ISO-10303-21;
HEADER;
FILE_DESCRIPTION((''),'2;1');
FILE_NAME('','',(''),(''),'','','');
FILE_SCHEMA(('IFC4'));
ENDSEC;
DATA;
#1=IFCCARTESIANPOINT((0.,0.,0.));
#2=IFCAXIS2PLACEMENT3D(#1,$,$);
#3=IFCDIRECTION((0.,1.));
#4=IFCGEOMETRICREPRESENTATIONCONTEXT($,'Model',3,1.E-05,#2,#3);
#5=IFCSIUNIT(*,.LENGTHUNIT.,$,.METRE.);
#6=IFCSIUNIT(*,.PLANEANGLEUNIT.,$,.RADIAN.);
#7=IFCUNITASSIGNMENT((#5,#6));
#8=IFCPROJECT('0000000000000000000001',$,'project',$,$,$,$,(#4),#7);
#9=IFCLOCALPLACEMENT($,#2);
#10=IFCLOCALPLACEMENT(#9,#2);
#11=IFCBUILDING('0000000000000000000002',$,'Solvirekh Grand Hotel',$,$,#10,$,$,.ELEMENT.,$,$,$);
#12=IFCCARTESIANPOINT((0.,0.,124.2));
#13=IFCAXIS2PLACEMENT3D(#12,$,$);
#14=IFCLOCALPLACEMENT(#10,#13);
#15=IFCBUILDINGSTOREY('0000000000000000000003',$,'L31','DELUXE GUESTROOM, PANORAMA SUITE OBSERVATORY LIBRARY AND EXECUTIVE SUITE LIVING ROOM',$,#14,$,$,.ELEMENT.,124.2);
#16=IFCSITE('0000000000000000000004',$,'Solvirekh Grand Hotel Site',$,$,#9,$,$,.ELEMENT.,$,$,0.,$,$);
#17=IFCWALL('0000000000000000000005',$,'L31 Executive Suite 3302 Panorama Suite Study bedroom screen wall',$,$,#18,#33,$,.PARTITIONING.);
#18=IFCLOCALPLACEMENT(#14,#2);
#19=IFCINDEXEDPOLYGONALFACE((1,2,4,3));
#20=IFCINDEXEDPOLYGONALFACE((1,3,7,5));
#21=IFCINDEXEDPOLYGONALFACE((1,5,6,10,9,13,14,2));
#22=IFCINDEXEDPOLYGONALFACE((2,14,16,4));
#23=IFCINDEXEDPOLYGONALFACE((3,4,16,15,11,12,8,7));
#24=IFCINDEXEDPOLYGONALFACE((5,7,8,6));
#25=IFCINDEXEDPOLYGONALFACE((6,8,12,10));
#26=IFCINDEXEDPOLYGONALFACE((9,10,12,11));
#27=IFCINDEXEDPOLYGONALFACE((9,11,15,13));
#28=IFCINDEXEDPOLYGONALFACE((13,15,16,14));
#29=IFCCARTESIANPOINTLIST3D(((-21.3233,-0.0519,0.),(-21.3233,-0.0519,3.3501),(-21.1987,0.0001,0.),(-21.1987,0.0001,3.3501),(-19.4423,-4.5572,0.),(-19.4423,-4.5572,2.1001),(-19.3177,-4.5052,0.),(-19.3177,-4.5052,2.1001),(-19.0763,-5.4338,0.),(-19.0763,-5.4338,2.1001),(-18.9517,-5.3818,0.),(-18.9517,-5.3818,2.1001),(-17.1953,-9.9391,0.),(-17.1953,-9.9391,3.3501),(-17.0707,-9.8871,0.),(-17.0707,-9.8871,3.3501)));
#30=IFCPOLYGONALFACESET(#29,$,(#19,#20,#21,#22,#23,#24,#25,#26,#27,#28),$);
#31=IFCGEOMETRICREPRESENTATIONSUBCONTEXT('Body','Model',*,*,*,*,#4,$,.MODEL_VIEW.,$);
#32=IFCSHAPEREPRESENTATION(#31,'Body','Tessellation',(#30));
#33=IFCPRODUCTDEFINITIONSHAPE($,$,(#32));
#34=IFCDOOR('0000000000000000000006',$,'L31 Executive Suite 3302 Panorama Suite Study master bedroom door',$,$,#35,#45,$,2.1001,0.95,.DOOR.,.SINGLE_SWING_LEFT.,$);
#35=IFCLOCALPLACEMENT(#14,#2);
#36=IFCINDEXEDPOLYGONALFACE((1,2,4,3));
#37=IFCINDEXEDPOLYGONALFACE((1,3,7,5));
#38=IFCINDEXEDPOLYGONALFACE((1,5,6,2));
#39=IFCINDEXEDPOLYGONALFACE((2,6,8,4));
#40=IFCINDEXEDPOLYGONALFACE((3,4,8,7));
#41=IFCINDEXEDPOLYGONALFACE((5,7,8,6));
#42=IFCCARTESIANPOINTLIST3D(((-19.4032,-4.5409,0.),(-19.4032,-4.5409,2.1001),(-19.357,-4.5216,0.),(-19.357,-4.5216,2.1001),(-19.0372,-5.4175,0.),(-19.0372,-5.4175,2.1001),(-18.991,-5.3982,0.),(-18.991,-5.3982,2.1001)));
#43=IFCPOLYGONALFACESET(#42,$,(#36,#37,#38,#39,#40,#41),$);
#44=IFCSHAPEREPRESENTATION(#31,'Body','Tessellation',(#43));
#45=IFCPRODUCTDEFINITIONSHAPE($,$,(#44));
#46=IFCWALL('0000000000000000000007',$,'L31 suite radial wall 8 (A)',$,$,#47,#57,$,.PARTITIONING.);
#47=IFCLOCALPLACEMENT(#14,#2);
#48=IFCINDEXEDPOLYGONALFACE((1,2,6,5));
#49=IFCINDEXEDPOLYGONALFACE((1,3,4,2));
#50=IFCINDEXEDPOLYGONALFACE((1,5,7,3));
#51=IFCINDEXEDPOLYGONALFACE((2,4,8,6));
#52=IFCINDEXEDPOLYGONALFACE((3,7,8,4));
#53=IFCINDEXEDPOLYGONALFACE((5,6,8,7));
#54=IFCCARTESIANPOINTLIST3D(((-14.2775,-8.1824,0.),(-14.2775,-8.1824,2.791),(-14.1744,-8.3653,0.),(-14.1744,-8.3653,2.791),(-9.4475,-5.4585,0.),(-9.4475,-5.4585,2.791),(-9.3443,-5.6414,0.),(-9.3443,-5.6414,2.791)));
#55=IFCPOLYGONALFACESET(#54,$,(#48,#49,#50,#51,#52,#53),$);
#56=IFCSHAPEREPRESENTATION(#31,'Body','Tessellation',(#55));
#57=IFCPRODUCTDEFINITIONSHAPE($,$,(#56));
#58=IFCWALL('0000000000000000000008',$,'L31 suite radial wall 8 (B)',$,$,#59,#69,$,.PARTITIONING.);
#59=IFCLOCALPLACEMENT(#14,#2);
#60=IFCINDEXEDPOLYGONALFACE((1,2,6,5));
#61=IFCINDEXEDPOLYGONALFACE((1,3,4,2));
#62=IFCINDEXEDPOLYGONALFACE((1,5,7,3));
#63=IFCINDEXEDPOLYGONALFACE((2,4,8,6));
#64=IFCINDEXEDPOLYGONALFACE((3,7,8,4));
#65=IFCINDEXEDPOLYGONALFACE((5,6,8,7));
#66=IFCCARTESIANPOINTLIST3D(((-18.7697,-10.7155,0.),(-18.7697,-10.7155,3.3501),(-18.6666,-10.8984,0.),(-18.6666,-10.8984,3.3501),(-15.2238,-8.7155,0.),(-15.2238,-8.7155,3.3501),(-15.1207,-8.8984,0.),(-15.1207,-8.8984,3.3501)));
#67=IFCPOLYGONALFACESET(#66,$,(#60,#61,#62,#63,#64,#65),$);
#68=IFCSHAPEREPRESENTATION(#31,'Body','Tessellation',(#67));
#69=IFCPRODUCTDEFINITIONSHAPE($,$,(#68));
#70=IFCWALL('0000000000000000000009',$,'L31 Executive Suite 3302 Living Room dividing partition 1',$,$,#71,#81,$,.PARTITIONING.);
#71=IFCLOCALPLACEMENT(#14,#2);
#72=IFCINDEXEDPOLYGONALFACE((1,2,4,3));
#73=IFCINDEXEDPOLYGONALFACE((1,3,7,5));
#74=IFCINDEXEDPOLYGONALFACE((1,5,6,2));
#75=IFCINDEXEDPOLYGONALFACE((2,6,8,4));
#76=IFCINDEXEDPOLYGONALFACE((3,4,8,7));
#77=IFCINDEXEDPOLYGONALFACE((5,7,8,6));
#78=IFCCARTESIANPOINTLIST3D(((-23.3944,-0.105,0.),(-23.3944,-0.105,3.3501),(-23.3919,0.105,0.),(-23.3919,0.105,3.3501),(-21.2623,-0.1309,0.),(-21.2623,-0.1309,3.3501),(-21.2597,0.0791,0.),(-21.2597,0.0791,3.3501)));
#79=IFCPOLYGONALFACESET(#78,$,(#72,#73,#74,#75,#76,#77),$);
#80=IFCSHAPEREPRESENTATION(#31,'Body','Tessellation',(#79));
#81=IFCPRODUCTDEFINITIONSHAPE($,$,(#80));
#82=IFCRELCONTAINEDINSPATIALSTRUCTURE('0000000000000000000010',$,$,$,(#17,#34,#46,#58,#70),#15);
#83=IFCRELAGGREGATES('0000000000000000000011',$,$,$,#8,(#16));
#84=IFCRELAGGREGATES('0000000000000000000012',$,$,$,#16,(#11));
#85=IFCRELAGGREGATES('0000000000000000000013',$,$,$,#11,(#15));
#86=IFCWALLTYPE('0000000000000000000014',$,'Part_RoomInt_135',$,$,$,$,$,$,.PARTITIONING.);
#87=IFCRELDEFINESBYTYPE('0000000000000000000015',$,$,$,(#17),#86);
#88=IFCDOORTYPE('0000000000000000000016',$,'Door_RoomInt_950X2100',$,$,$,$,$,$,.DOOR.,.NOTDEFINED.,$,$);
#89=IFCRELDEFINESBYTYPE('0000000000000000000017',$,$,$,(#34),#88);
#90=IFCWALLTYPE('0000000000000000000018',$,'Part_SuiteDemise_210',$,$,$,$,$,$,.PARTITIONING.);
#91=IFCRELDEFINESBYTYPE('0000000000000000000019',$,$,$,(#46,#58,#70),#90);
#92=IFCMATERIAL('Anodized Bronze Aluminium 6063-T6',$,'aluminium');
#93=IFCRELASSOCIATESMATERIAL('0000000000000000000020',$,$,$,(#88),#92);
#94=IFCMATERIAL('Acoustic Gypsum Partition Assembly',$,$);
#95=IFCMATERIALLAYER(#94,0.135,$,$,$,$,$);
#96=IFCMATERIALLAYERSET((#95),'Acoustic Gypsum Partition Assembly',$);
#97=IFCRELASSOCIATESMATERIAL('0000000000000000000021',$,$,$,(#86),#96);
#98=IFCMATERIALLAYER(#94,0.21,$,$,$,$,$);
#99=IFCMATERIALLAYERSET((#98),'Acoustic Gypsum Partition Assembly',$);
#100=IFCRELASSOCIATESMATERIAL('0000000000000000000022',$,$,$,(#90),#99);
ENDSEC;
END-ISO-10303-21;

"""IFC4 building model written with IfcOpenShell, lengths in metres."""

from ifc_helpers import new_model, si_unit, direction, frame, frame_2d, origin, place, context, subcontext, project, spatial, rectangle, extrude, material, layer, layer_set, type_object, element, fill, save


model = new_model("IFC4")

# Units and contexts
model_context = context("Model", 3, precision=1e-05, world=origin(), true_north=direction((0.0, 1.0)))
body_context = subcontext(model_context, "Body", "Model", "MODEL_VIEW")
ifc_project = project(units=[si_unit("LENGTHUNIT", "METRE"), si_unit("PLANEANGLEUNIT", "RADIAN")], contexts=[model_context])

# Site, building, storey
site_placement = place(None, origin())
site = spatial("IfcSite", under=ifc_project, at=site_placement, Name="Solvirekh Grand Hotel Site", CompositionType="ELEMENT", RefElevation=0.0)
building_placement = place(site_placement, origin())
building = spatial("IfcBuilding", under=site, at=building_placement, Name="Solvirekh Grand Hotel", CompositionType="ELEMENT")
storey_placement = place(building_placement, frame((0.0, 0.0, 124.2)))
storey = spatial("IfcBuildingStorey", under=building, at=storey_placement, Name="L31", Description="DELUXE GUESTROOM, PANORAMA SUITE OBSERVATORY LIBRARY AND EXECUTIVE SUITE LIVING ROOM", CompositionType="ELEMENT", Elevation=124.2)

# Shared definitions
ifc_material_1 = material(Name="Anodized Bronze Aluminium 6063-T6", Category="aluminium")

# Shared definitions
ifc_material_2 = material(Name="Acoustic Gypsum Partition Assembly")

# Wall, opening, door
door_type_1 = type_object("IfcDoorType", Name="Door_RoomInt_950X2100", OperationType="NOTDEFINED", PredefinedType="DOOR", material=ifc_material_1)
ifc_layer_1 = layer(ifc_material_2, 0.135)
ifc_layer_set_1 = layer_set([ifc_layer_1], Name="Acoustic Gypsum Partition Assembly")
wall_type_1 = type_object("IfcWallType", Name="Part_RoomInt_135", PredefinedType="PARTITIONING", material=ifc_layer_set_1)
wall_1_placement = place(storey_placement, frame((-21.261, -0.0259, 0.0), z_axis=(0.0, 0.0, 1.0), x_axis=(0.385272, -0.922803, 0.0)))
wall_1 = element("IfcWall", 1, at=wall_1_placement, inside=storey, type_object=wall_type_1, Name="L31 Executive Suite 3302 Panorama Suite Study bedroom screen wall", PredefinedType="PARTITIONING", context=body_context, shape_type="SweptSolid", body=[
    extrude(rectangle(XDim=10.7144, YDim=0.135, at=frame_2d((5.3572, 0.0))), origin(), (0.0, 0.0, 1.0), 3.3501),
])
opening_1_placement = place(wall_1_placement, frame((4.8821, 0.0, 0.0)))
opening_1 = element("IfcOpeningElement", 2, at=opening_1_placement, cuts=wall_1, PredefinedType="OPENING", context=body_context, shape_type="SweptSolid", body=[
    extrude(rectangle(XDim=0.95, YDim=2.1001, at=frame_2d((0.4751, 1.05))), frame((0.0, 0.0776, 0.0), z_axis=(0.0, -1.0, 0.0), x_axis=(1.0, 0.0, 0.0)), (0.0, 0.0, 1.0), 0.155),
])
door_1_placement = place(opening_1_placement, origin())
door_1 = element("IfcDoor", 3, at=door_1_placement, inside=storey, type_object=door_type_1, Name="L31 Executive Suite 3302 Panorama Suite Study master bedroom door", OperationType="SINGLE_SWING_LEFT", OverallHeight=2.1001, OverallWidth=0.95, PredefinedType="DOOR", context=body_context, shape_type="SweptSolid", body=[
    extrude(rectangle(XDim=0.95, YDim=2.1001, at=frame_2d((0.4751, 1.05))), frame((0.0, 0.0249, 0.0), z_axis=(0.0, -1.0, 0.0), x_axis=(1.0, 0.0, 0.0)), (0.0, 0.0, 1.0), 0.05),
])
fill(opening_1, door_1)

# Walls
ifc_layer_2 = layer(ifc_material_2, 0.21)
ifc_layer_set_2 = layer_set([ifc_layer_2], Name="Acoustic Gypsum Partition Assembly")
wall_type_2 = type_object("IfcWallType", Name="Part_SuiteDemise_210", PredefinedType="PARTITIONING", material=ifc_layer_set_2)
wall_2_placement = place(storey_placement, frame((-9.396, -5.55, 0.0), z_axis=(0.0, 0.0, 1.0), x_axis=(-0.871039, -0.491214, 0.0)))
element("IfcWall", 4, at=wall_2_placement, inside=storey, type_object=wall_type_2, Name="L31 suite radial wall 8 (A)", PredefinedType="PARTITIONING", context=body_context, shape_type="SweptSolid", body=[
    extrude(rectangle(XDim=5.5452, YDim=0.21, at=frame_2d((2.7725, 0.0))), origin(), (0.0, 0.0, 1.0), 2.791),
])
wall_3_placement = place(storey_placement, frame((-15.1721, -8.8069, 0.0), z_axis=(0.0, 0.0, 1.0), x_axis=(-0.871005, -0.491275, 0.0)))
element("IfcWall", 5, at=wall_3_placement, inside=storey, type_object=wall_type_2, Name="L31 suite radial wall 8 (B)", PredefinedType="PARTITIONING", context=body_context, shape_type="SweptSolid", body=[
    extrude(rectangle(XDim=4.071, YDim=0.21, at=frame_2d((2.0356, 0.0))), origin(), (0.0, 0.0, 1.0), 3.3501),
])
wall_4_placement = place(storey_placement, frame((-21.261, -0.0259, 0.0), z_axis=(0.0, 0.0, 1.0), x_axis=(-0.999926, 0.012137, 0.0)))
element("IfcWall", 6, at=wall_4_placement, inside=storey, type_object=wall_type_2, Name="L31 Executive Suite 3302 Living Room dividing partition 1", PredefinedType="PARTITIONING", context=body_context, shape_type="SweptSolid", body=[
    extrude(rectangle(XDim=2.1323, YDim=0.21, at=frame_2d((1.0662, 0.0))), origin(), (0.0, 0.0, 1.0), 3.3501),
])

save(model, "model.ifc")
